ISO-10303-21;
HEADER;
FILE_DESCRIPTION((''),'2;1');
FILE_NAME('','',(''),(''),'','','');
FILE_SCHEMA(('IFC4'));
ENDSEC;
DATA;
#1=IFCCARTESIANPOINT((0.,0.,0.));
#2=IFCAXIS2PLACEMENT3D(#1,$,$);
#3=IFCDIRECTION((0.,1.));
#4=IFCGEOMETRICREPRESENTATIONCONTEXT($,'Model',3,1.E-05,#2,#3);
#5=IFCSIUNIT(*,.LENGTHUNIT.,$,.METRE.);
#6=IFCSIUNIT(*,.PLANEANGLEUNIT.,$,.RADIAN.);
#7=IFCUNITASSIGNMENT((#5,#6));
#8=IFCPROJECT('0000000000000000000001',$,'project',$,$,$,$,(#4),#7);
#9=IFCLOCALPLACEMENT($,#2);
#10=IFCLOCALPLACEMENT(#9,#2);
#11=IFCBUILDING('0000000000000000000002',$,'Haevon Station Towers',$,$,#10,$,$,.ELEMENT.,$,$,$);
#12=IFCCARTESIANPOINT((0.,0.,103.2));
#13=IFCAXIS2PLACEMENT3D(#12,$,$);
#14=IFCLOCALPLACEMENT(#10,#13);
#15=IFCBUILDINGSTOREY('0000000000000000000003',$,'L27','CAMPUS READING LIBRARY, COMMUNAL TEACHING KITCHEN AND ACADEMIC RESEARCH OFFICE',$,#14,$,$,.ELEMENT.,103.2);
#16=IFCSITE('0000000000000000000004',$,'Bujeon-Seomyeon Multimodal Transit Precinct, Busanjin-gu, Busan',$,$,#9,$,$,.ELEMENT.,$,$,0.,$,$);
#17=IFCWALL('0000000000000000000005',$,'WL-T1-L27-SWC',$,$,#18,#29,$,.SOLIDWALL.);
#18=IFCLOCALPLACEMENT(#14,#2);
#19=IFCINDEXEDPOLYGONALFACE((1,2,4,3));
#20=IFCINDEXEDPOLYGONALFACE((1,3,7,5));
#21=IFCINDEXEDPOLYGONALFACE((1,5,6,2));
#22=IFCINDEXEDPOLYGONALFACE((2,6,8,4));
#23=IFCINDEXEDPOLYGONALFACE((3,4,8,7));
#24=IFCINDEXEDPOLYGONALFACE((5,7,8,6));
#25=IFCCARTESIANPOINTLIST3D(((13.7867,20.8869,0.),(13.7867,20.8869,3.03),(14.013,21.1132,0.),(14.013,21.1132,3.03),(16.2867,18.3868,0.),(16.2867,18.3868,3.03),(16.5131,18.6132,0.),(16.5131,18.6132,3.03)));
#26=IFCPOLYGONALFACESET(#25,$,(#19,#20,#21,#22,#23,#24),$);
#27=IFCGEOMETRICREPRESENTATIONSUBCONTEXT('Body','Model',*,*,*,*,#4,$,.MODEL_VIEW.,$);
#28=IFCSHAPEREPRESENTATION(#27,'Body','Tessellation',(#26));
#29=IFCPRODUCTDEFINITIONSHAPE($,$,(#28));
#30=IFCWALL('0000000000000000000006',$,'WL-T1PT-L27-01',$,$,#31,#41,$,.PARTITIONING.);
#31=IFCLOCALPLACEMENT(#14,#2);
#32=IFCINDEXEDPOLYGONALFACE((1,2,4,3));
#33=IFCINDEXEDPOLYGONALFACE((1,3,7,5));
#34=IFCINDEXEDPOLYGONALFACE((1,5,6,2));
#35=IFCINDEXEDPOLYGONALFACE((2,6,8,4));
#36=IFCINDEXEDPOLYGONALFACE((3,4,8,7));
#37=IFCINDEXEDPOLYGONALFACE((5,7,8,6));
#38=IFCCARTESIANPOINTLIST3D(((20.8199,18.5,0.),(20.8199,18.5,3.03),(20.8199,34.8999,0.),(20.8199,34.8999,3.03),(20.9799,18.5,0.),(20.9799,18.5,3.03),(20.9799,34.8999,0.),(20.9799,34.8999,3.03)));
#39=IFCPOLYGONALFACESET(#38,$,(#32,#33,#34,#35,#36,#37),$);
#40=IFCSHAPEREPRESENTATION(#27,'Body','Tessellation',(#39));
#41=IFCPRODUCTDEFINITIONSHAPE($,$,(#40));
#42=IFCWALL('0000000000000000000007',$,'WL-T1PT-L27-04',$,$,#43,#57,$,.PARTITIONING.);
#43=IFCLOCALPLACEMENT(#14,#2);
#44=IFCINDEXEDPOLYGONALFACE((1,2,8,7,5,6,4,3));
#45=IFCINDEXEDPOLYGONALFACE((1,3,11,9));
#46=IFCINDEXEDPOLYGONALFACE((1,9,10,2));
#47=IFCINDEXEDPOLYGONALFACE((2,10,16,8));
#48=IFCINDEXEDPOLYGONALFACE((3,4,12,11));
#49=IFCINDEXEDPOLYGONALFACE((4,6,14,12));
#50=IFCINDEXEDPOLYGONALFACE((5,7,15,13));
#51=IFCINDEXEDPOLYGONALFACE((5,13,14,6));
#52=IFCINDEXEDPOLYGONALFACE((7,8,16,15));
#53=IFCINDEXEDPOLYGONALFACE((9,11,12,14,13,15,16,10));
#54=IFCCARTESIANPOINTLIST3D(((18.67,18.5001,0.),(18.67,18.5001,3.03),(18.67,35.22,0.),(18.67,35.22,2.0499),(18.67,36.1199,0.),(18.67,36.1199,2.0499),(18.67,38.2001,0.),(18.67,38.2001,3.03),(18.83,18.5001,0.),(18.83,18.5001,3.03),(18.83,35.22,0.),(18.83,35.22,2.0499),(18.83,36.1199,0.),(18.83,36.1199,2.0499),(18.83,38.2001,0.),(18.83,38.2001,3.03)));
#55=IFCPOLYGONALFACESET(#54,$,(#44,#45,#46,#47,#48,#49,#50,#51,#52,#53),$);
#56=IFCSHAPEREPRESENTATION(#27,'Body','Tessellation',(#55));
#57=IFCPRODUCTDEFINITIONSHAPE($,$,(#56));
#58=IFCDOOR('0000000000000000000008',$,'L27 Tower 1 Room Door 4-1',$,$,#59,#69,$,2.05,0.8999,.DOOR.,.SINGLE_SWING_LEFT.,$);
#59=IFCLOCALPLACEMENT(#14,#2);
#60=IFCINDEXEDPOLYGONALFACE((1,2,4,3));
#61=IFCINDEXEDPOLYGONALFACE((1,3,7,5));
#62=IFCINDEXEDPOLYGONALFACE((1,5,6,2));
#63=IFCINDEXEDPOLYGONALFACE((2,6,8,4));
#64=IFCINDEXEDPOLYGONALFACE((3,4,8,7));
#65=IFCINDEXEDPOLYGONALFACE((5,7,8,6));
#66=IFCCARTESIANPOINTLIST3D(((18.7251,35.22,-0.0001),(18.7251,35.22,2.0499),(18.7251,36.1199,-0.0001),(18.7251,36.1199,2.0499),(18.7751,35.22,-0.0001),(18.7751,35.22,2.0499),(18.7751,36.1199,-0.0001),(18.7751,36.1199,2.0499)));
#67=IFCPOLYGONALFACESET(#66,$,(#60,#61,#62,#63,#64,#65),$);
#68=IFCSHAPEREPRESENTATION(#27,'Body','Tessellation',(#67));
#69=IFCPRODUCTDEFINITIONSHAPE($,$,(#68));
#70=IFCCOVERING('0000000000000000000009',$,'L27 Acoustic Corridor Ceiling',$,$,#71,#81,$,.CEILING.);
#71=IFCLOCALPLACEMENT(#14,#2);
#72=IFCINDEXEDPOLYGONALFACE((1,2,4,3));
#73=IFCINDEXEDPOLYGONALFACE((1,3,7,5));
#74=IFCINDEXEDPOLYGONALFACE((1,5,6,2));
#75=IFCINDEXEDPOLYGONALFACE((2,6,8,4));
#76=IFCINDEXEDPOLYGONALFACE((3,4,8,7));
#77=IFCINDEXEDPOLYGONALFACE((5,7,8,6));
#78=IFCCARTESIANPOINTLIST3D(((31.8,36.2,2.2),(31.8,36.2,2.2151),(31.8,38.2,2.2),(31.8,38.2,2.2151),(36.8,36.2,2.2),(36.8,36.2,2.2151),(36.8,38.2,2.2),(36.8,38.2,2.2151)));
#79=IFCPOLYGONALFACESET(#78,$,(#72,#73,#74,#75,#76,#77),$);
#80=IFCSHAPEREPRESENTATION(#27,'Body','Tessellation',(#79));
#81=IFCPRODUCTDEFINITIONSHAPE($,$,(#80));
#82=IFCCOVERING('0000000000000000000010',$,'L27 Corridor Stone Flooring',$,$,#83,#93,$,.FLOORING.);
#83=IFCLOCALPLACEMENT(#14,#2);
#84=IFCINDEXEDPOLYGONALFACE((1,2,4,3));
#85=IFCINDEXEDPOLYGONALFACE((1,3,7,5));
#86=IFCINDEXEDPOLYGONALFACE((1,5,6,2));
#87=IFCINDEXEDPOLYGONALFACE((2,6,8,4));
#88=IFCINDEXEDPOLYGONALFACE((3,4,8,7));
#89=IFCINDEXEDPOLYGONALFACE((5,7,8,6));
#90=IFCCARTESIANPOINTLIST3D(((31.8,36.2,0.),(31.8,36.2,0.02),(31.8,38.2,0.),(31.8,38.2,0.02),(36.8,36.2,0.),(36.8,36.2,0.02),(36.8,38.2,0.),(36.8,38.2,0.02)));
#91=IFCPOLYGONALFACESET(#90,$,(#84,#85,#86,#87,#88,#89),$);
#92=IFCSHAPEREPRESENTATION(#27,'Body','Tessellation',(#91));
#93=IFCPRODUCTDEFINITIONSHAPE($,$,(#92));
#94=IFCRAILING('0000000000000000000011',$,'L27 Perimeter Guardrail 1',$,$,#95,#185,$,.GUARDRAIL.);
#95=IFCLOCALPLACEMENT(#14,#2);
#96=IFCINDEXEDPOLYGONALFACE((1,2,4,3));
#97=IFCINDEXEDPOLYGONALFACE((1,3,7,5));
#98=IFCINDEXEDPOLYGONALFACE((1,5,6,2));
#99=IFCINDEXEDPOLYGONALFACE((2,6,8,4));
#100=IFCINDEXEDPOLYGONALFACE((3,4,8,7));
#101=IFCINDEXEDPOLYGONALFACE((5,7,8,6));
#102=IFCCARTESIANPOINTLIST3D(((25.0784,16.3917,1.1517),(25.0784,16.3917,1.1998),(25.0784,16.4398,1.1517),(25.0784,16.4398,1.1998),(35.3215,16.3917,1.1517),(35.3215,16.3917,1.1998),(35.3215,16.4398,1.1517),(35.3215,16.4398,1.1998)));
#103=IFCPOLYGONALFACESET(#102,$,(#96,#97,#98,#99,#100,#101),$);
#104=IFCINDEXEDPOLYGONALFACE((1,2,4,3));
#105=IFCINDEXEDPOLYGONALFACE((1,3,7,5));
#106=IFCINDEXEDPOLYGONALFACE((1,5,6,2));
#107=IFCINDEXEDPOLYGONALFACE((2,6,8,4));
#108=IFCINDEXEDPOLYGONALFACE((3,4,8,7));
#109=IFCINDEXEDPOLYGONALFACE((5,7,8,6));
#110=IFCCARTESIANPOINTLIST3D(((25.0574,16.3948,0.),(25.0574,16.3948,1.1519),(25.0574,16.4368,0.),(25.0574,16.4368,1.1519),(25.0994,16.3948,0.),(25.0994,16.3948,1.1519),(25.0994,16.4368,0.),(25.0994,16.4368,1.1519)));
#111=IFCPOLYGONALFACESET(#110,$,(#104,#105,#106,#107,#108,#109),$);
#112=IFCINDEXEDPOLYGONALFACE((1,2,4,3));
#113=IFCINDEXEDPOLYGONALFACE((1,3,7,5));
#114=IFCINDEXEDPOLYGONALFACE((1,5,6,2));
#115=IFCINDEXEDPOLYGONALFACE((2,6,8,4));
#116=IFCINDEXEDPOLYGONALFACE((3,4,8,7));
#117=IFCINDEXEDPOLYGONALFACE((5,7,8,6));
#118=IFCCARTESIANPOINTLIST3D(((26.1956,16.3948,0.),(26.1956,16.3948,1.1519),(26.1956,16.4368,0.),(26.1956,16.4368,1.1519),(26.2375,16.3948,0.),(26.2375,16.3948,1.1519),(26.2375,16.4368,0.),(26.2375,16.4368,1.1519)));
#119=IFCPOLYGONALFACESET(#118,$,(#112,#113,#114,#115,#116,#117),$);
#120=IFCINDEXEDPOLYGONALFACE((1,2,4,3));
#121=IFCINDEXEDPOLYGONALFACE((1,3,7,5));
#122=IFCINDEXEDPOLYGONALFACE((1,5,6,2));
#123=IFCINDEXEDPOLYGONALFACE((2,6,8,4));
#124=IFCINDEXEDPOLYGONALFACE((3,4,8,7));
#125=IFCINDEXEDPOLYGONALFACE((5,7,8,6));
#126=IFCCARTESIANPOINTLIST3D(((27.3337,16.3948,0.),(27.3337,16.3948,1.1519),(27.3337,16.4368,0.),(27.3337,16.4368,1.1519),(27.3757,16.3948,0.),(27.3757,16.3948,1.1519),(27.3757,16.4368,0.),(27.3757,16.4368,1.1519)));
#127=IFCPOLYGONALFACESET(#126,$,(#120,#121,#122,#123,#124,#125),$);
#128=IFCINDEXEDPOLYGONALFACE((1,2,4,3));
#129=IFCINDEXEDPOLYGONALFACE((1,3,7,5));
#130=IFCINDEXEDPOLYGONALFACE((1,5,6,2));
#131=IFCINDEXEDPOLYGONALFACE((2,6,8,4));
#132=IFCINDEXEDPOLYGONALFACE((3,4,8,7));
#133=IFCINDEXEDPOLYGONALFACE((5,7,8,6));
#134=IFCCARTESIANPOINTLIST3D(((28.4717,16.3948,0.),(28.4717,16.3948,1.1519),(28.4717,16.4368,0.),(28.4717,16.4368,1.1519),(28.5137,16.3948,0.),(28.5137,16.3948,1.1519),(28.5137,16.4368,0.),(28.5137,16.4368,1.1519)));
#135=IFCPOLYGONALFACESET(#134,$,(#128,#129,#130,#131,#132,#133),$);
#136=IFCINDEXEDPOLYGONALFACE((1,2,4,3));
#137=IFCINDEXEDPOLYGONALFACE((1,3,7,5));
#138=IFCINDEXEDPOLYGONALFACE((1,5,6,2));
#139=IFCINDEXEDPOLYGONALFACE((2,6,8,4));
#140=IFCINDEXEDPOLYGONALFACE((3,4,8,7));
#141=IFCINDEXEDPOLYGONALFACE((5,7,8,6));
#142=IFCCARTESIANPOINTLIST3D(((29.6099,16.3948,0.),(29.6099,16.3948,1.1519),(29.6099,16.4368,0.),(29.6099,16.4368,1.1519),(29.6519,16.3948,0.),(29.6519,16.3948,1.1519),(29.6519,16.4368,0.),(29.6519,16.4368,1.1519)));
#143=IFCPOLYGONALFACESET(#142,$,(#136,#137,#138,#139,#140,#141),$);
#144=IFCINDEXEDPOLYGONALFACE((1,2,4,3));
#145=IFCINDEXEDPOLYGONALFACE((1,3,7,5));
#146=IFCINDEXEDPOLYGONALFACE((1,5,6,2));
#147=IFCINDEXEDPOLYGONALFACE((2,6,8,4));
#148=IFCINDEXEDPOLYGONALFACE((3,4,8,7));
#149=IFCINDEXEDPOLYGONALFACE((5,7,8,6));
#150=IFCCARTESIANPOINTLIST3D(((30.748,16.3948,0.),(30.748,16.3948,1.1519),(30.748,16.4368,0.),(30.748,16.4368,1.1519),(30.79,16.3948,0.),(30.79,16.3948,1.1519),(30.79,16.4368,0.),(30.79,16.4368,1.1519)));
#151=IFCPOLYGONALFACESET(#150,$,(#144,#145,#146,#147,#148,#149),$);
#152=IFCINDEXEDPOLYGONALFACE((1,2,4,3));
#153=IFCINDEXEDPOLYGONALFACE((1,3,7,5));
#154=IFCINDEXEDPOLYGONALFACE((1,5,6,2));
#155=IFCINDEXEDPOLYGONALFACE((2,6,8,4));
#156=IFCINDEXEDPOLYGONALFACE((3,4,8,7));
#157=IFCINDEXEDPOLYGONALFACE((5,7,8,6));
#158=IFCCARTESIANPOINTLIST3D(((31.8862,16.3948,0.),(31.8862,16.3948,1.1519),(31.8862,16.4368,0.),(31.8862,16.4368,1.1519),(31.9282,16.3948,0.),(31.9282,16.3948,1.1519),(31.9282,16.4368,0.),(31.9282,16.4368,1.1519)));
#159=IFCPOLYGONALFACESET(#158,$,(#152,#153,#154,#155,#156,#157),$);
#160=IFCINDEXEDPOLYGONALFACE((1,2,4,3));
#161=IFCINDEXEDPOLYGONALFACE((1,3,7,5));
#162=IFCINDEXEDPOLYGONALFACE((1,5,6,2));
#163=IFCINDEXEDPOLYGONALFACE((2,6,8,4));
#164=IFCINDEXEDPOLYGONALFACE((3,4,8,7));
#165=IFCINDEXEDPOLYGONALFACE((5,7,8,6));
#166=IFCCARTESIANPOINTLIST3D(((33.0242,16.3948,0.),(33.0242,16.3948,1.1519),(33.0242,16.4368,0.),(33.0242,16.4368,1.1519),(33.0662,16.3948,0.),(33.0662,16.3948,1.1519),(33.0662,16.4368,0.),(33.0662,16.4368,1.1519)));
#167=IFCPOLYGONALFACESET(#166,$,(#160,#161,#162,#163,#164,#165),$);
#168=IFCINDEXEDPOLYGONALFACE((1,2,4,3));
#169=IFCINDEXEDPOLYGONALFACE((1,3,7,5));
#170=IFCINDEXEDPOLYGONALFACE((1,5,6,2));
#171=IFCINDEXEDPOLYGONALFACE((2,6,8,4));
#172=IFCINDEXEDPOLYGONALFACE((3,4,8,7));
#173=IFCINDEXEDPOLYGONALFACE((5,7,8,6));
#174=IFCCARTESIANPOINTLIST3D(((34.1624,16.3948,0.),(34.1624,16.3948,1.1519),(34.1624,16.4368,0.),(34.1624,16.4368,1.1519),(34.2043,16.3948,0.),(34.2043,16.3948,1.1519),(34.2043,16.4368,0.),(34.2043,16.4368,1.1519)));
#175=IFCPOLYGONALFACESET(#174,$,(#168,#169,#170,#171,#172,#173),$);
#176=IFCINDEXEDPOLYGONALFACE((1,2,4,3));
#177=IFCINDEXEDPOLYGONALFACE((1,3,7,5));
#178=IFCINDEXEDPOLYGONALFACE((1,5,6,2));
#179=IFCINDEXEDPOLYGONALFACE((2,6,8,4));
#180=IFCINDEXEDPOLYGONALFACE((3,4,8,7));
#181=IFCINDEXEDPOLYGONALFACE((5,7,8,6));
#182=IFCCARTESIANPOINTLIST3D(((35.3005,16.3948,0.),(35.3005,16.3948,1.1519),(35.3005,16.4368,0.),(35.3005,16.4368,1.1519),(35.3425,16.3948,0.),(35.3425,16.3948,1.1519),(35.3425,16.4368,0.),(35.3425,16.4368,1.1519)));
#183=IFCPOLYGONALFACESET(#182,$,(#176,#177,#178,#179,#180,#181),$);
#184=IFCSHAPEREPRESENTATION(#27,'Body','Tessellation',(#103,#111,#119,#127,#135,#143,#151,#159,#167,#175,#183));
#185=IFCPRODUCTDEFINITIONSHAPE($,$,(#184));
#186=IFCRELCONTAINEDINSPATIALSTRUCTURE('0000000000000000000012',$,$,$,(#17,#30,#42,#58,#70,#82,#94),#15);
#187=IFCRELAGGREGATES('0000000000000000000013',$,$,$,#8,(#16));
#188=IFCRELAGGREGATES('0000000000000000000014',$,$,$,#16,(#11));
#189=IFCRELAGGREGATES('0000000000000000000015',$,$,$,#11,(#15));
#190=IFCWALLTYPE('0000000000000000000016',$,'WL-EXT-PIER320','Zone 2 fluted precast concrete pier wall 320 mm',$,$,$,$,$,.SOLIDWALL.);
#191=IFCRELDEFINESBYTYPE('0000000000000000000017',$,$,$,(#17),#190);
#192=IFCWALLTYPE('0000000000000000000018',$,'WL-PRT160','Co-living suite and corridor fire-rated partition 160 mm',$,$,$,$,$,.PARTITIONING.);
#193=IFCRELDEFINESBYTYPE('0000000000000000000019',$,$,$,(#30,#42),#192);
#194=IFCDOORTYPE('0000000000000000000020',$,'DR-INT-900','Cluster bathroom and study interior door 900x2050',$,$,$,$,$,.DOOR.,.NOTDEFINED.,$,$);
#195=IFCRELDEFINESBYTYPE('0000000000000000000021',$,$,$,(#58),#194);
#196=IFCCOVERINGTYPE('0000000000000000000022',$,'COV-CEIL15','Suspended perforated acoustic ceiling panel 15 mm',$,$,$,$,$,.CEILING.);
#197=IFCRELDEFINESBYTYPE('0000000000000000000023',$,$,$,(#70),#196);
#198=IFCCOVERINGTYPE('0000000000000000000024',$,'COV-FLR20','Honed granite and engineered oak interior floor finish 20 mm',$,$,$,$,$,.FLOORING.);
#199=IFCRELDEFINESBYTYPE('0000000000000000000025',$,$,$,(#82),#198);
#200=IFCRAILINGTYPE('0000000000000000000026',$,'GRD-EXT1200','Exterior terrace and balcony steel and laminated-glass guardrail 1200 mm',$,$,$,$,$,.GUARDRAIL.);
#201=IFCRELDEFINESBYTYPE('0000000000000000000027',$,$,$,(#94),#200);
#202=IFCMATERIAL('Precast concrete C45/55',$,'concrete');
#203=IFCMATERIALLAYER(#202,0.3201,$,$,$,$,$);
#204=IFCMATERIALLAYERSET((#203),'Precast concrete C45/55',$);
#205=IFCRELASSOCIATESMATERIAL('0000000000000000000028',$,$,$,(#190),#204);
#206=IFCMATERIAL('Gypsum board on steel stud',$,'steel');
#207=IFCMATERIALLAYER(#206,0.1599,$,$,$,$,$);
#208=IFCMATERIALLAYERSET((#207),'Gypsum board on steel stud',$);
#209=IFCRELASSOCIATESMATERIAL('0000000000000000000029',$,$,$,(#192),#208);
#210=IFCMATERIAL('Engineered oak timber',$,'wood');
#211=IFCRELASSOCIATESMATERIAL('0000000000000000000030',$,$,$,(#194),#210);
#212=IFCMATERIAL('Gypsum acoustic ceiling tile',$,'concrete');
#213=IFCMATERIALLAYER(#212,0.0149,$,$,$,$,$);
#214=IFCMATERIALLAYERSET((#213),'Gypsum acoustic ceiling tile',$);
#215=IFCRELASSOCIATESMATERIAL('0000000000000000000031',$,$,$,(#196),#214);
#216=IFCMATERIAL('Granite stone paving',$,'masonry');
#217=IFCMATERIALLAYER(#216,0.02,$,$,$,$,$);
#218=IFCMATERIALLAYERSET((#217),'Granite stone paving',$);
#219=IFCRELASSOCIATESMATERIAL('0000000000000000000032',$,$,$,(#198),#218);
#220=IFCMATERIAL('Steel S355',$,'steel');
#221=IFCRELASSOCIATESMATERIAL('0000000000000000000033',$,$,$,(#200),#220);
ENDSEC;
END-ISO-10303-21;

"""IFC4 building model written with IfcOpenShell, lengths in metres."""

from ifc_helpers import new_model, si_unit, direction, frame, frame_2d, origin, origin_2d, place, context, subcontext, project, spatial, polyline, rectangle, outline, extrude, material, layer, layer_set, type_object, element, fill, save


model = new_model("IFC4")

# Units and contexts
model_context = context("Model", 3, precision=1e-05, world=origin(), true_north=direction((0.0, 1.0)))
body_context = subcontext(model_context, "Body", "Model", "MODEL_VIEW")
ifc_project = project(units=[si_unit("LENGTHUNIT", "METRE"), si_unit("PLANEANGLEUNIT", "RADIAN")], contexts=[model_context])

# Site, building, storey
site_placement = place(None, origin())
site = spatial("IfcSite", under=ifc_project, at=site_placement, Name="Bujeon-Seomyeon Multimodal Transit Precinct, Busanjin-gu, Busan", CompositionType="ELEMENT", RefElevation=0.0)
building_placement = place(site_placement, origin())
building = spatial("IfcBuilding", under=site, at=building_placement, Name="Haevon Station Towers", CompositionType="ELEMENT")
storey_placement = place(building_placement, frame((0.0, 0.0, 103.2)))
storey = spatial("IfcBuildingStorey", under=building, at=storey_placement, Name="L27", Description="CAMPUS READING LIBRARY, COMMUNAL TEACHING KITCHEN AND ACADEMIC RESEARCH OFFICE", CompositionType="ELEMENT", Elevation=103.2)

# Shared definitions
ifc_material_1 = material(Name="Steel S355", Category="steel")

# Walls
ifc_material_2 = material(Name="Precast concrete C45/55", Category="concrete")
ifc_layer_1 = layer(ifc_material_2, 0.3201)
ifc_layer_set_1 = layer_set([ifc_layer_1], Name="Precast concrete C45/55")
wall_type_1 = type_object("IfcWallType", Name="WL-EXT-PIER320", Description="Zone 2 fluted precast concrete pier wall 320 mm", PredefinedType="SOLIDWALL", material=ifc_layer_set_1)
wall_1_placement = place(storey_placement, frame((16.3999, 18.5, 0.0), z_axis=(0.0, 0.0, 1.0), x_axis=(-0.707107, 0.707107, 0.0)))
element("IfcWall", 1, at=wall_1_placement, inside=storey, type_object=wall_type_1, Name="WL-T1-L27-SWC", PredefinedType="SOLIDWALL", context=body_context, shape_type="SweptSolid", body=[
    extrude(rectangle(XDim=3.5356, YDim=0.3201, at=frame_2d((1.7678, 0.0))), origin(), (0.0, 0.0, 1.0), 3.03),
])
ifc_material_3 = material(Name="Gypsum board on steel stud", Category="steel")
ifc_layer_2 = layer(ifc_material_3, 0.1599)
ifc_layer_set_2 = layer_set([ifc_layer_2], Name="Gypsum board on steel stud")
wall_type_2 = type_object("IfcWallType", Name="WL-PRT160", Description="Co-living suite and corridor fire-rated partition 160 mm", PredefinedType="PARTITIONING", material=ifc_layer_set_2)
wall_2_placement = place(storey_placement, frame((20.8999, 18.5, 0.0), z_axis=(0.0, 0.0, 1.0), x_axis=(0.0, 1.0, 0.0)))
element("IfcWall", 2, at=wall_2_placement, inside=storey, type_object=wall_type_2, Name="WL-T1PT-L27-01", PredefinedType="PARTITIONING", context=body_context, shape_type="SweptSolid", body=[
    extrude(rectangle(XDim=16.3999, YDim=0.1599, at=frame_2d((8.2, 0.0))), origin(), (0.0, 0.0, 1.0), 3.03),
])

# Wall, opening, door
wall_3_placement = place(storey_placement, frame((18.75, 18.5, 0.0), z_axis=(0.0, 0.0, 1.0), x_axis=(0.0, 1.0, 0.0)))
wall_3 = element("IfcWall", 3, at=wall_3_placement, inside=storey, type_object=wall_type_2, Name="WL-T1PT-L27-04", PredefinedType="PARTITIONING", context=body_context, shape_type="SweptSolid", body=[
    extrude(rectangle(XDim=19.7, YDim=0.1599, at=frame_2d((9.8501, 0.0))), origin(), (0.0, 0.0, 1.0), 3.03),
])
opening_placement = place(wall_3_placement, frame((16.72, 0.0, 0.0)))
opening = element("IfcOpeningElement", 4, at=opening_placement, cuts=wall_3, PredefinedType="OPENING", context=body_context, shape_type="SweptSolid", body=[
    extrude(rectangle(XDim=0.8999, YDim=2.05, at=frame_2d((0.45, 1.0249))), frame((0.0, 0.0898, 0.0), z_axis=(0.0, -1.0, 0.0), x_axis=(1.0, 0.0, 0.0)), (0.0, 0.0, 1.0), 0.1799),
])
ifc_material_4 = material(Name="Engineered oak timber", Category="wood")
door_type = type_object("IfcDoorType", Name="DR-INT-900", Description="Cluster bathroom and study interior door 900x2050", OperationType="NOTDEFINED", PredefinedType="DOOR", material=ifc_material_4)
door_placement = place(opening_placement, origin())
door = element("IfcDoor", 5, at=door_placement, inside=storey, type_object=door_type, Name="L27 Tower 1 Room Door 4-1", OperationType="SINGLE_SWING_LEFT", OverallHeight=2.05, OverallWidth=0.8999, PredefinedType="DOOR", context=body_context, shape_type="SweptSolid", body=[
    extrude(rectangle(XDim=0.8999, YDim=2.05, at=frame_2d((0.45, 1.0249))), frame((0.0, 0.0249, 0.0), z_axis=(0.0, -1.0, 0.0), x_axis=(1.0, 0.0, 0.0)), (0.0, 0.0, 1.0), 0.05),
])
fill(opening, door)

# Coverings
ifc_material_5 = material(Name="Gypsum acoustic ceiling tile", Category="concrete")
ifc_layer_3 = layer(ifc_material_5, 0.0149)
ifc_layer_set_3 = layer_set([ifc_layer_3], Name="Gypsum acoustic ceiling tile")
covering_type_1 = type_object("IfcCoveringType", Name="COV-CEIL15", Description="Suspended perforated acoustic ceiling panel 15 mm", PredefinedType="CEILING", material=ifc_layer_set_3)
covering_1_placement = place(storey_placement, frame((0.0, 0.0, 2.2)))
element("IfcCovering", 6, at=covering_1_placement, inside=storey, type_object=covering_type_1, Name="L27 Acoustic Corridor Ceiling", PredefinedType="CEILING", context=body_context, shape_type="SweptSolid", body=[
    extrude(outline(polyline([(31.8, 36.2), (36.8, 36.2), (36.8, 38.2), (31.8, 38.2), (31.8, 36.2)])), origin(), (0.0, 0.0, 1.0), 0.0151),
])
ifc_material_6 = material(Name="Granite stone paving", Category="masonry")
ifc_layer_4 = layer(ifc_material_6, 0.02)
ifc_layer_set_4 = layer_set([ifc_layer_4], Name="Granite stone paving")
covering_type_2 = type_object("IfcCoveringType", Name="COV-FLR20", Description="Honed granite and engineered oak interior floor finish 20 mm", PredefinedType="FLOORING", material=ifc_layer_set_4)
covering_2_placement = place(storey_placement, origin())
element("IfcCovering", 7, at=covering_2_placement, inside=storey, type_object=covering_type_2, Name="L27 Corridor Stone Flooring", PredefinedType="FLOORING", context=body_context, shape_type="SweptSolid", body=[
    extrude(outline(polyline([(31.8, 36.2), (36.8, 36.2), (36.8, 38.2), (31.8, 38.2), (31.8, 36.2)])), origin(), (0.0, 0.0, 1.0), 0.02),
])

# Railing
railing_type = type_object("IfcRailingType", Name="GRD-EXT1200", Description="Exterior terrace and balcony steel and laminated-glass guardrail 1200 mm", PredefinedType="GUARDRAIL", material=ifc_material_1)
railing_1_placement = place(storey_placement, frame((25.0784, 16.4158, 0.0)))
element("IfcRailing", 8, at=railing_1_placement, inside=storey, type_object=railing_type, Name="L27 Perimeter Guardrail 1", PredefinedType="GUARDRAIL", context=body_context, shape_type="SweptSolid", body=[
    extrude(rectangle(XDim=0.0481, YDim=0.0481, at=origin_2d()), frame((0.0, 0.0, 1.1758), z_axis=(1.0, 0.0, 0.0), x_axis=(0.0, 1.0, 0.0)), (0.0, 0.0, 1.0), 10.2432),
    extrude(rectangle(XDim=0.042, YDim=0.042, at=origin_2d()), origin(), (0.0, 0.0, 1.0), 1.1519),
    extrude(rectangle(XDim=0.042, YDim=0.042, at=origin_2d()), frame((1.1382, 0.0, 0.0)), (0.0, 0.0, 1.0), 1.1519),
    extrude(rectangle(XDim=0.042, YDim=0.042, at=origin_2d()), frame((2.2764, 0.0, 0.0)), (0.0, 0.0, 1.0), 1.1519),
    extrude(rectangle(XDim=0.042, YDim=0.042, at=origin_2d()), frame((3.4143, 0.0, 0.0)), (0.0, 0.0, 1.0), 1.1519),
    extrude(rectangle(XDim=0.042, YDim=0.042, at=origin_2d()), frame((4.5525, 0.0, 0.0)), (0.0, 0.0, 1.0), 1.1519),
    extrude(rectangle(XDim=0.042, YDim=0.042, at=origin_2d()), frame((5.6907, 0.0, 0.0)), (0.0, 0.0, 1.0), 1.1519),
    extrude(rectangle(XDim=0.042, YDim=0.042, at=origin_2d()), frame((6.8289, 0.0, 0.0)), (0.0, 0.0, 1.0), 1.1519),
    extrude(rectangle(XDim=0.042, YDim=0.042, at=origin_2d()), frame((7.9668, 0.0, 0.0)), (0.0, 0.0, 1.0), 1.1519),
    extrude(rectangle(XDim=0.042, YDim=0.042, at=origin_2d()), frame((9.105, 0.0, 0.0)), (0.0, 0.0, 1.0), 1.1519),
    extrude(rectangle(XDim=0.042, YDim=0.042, at=origin_2d()), frame((10.2432, 0.0, 0.0)), (0.0, 0.0, 1.0), 1.1519),
])

save(model, "model.ifc")
